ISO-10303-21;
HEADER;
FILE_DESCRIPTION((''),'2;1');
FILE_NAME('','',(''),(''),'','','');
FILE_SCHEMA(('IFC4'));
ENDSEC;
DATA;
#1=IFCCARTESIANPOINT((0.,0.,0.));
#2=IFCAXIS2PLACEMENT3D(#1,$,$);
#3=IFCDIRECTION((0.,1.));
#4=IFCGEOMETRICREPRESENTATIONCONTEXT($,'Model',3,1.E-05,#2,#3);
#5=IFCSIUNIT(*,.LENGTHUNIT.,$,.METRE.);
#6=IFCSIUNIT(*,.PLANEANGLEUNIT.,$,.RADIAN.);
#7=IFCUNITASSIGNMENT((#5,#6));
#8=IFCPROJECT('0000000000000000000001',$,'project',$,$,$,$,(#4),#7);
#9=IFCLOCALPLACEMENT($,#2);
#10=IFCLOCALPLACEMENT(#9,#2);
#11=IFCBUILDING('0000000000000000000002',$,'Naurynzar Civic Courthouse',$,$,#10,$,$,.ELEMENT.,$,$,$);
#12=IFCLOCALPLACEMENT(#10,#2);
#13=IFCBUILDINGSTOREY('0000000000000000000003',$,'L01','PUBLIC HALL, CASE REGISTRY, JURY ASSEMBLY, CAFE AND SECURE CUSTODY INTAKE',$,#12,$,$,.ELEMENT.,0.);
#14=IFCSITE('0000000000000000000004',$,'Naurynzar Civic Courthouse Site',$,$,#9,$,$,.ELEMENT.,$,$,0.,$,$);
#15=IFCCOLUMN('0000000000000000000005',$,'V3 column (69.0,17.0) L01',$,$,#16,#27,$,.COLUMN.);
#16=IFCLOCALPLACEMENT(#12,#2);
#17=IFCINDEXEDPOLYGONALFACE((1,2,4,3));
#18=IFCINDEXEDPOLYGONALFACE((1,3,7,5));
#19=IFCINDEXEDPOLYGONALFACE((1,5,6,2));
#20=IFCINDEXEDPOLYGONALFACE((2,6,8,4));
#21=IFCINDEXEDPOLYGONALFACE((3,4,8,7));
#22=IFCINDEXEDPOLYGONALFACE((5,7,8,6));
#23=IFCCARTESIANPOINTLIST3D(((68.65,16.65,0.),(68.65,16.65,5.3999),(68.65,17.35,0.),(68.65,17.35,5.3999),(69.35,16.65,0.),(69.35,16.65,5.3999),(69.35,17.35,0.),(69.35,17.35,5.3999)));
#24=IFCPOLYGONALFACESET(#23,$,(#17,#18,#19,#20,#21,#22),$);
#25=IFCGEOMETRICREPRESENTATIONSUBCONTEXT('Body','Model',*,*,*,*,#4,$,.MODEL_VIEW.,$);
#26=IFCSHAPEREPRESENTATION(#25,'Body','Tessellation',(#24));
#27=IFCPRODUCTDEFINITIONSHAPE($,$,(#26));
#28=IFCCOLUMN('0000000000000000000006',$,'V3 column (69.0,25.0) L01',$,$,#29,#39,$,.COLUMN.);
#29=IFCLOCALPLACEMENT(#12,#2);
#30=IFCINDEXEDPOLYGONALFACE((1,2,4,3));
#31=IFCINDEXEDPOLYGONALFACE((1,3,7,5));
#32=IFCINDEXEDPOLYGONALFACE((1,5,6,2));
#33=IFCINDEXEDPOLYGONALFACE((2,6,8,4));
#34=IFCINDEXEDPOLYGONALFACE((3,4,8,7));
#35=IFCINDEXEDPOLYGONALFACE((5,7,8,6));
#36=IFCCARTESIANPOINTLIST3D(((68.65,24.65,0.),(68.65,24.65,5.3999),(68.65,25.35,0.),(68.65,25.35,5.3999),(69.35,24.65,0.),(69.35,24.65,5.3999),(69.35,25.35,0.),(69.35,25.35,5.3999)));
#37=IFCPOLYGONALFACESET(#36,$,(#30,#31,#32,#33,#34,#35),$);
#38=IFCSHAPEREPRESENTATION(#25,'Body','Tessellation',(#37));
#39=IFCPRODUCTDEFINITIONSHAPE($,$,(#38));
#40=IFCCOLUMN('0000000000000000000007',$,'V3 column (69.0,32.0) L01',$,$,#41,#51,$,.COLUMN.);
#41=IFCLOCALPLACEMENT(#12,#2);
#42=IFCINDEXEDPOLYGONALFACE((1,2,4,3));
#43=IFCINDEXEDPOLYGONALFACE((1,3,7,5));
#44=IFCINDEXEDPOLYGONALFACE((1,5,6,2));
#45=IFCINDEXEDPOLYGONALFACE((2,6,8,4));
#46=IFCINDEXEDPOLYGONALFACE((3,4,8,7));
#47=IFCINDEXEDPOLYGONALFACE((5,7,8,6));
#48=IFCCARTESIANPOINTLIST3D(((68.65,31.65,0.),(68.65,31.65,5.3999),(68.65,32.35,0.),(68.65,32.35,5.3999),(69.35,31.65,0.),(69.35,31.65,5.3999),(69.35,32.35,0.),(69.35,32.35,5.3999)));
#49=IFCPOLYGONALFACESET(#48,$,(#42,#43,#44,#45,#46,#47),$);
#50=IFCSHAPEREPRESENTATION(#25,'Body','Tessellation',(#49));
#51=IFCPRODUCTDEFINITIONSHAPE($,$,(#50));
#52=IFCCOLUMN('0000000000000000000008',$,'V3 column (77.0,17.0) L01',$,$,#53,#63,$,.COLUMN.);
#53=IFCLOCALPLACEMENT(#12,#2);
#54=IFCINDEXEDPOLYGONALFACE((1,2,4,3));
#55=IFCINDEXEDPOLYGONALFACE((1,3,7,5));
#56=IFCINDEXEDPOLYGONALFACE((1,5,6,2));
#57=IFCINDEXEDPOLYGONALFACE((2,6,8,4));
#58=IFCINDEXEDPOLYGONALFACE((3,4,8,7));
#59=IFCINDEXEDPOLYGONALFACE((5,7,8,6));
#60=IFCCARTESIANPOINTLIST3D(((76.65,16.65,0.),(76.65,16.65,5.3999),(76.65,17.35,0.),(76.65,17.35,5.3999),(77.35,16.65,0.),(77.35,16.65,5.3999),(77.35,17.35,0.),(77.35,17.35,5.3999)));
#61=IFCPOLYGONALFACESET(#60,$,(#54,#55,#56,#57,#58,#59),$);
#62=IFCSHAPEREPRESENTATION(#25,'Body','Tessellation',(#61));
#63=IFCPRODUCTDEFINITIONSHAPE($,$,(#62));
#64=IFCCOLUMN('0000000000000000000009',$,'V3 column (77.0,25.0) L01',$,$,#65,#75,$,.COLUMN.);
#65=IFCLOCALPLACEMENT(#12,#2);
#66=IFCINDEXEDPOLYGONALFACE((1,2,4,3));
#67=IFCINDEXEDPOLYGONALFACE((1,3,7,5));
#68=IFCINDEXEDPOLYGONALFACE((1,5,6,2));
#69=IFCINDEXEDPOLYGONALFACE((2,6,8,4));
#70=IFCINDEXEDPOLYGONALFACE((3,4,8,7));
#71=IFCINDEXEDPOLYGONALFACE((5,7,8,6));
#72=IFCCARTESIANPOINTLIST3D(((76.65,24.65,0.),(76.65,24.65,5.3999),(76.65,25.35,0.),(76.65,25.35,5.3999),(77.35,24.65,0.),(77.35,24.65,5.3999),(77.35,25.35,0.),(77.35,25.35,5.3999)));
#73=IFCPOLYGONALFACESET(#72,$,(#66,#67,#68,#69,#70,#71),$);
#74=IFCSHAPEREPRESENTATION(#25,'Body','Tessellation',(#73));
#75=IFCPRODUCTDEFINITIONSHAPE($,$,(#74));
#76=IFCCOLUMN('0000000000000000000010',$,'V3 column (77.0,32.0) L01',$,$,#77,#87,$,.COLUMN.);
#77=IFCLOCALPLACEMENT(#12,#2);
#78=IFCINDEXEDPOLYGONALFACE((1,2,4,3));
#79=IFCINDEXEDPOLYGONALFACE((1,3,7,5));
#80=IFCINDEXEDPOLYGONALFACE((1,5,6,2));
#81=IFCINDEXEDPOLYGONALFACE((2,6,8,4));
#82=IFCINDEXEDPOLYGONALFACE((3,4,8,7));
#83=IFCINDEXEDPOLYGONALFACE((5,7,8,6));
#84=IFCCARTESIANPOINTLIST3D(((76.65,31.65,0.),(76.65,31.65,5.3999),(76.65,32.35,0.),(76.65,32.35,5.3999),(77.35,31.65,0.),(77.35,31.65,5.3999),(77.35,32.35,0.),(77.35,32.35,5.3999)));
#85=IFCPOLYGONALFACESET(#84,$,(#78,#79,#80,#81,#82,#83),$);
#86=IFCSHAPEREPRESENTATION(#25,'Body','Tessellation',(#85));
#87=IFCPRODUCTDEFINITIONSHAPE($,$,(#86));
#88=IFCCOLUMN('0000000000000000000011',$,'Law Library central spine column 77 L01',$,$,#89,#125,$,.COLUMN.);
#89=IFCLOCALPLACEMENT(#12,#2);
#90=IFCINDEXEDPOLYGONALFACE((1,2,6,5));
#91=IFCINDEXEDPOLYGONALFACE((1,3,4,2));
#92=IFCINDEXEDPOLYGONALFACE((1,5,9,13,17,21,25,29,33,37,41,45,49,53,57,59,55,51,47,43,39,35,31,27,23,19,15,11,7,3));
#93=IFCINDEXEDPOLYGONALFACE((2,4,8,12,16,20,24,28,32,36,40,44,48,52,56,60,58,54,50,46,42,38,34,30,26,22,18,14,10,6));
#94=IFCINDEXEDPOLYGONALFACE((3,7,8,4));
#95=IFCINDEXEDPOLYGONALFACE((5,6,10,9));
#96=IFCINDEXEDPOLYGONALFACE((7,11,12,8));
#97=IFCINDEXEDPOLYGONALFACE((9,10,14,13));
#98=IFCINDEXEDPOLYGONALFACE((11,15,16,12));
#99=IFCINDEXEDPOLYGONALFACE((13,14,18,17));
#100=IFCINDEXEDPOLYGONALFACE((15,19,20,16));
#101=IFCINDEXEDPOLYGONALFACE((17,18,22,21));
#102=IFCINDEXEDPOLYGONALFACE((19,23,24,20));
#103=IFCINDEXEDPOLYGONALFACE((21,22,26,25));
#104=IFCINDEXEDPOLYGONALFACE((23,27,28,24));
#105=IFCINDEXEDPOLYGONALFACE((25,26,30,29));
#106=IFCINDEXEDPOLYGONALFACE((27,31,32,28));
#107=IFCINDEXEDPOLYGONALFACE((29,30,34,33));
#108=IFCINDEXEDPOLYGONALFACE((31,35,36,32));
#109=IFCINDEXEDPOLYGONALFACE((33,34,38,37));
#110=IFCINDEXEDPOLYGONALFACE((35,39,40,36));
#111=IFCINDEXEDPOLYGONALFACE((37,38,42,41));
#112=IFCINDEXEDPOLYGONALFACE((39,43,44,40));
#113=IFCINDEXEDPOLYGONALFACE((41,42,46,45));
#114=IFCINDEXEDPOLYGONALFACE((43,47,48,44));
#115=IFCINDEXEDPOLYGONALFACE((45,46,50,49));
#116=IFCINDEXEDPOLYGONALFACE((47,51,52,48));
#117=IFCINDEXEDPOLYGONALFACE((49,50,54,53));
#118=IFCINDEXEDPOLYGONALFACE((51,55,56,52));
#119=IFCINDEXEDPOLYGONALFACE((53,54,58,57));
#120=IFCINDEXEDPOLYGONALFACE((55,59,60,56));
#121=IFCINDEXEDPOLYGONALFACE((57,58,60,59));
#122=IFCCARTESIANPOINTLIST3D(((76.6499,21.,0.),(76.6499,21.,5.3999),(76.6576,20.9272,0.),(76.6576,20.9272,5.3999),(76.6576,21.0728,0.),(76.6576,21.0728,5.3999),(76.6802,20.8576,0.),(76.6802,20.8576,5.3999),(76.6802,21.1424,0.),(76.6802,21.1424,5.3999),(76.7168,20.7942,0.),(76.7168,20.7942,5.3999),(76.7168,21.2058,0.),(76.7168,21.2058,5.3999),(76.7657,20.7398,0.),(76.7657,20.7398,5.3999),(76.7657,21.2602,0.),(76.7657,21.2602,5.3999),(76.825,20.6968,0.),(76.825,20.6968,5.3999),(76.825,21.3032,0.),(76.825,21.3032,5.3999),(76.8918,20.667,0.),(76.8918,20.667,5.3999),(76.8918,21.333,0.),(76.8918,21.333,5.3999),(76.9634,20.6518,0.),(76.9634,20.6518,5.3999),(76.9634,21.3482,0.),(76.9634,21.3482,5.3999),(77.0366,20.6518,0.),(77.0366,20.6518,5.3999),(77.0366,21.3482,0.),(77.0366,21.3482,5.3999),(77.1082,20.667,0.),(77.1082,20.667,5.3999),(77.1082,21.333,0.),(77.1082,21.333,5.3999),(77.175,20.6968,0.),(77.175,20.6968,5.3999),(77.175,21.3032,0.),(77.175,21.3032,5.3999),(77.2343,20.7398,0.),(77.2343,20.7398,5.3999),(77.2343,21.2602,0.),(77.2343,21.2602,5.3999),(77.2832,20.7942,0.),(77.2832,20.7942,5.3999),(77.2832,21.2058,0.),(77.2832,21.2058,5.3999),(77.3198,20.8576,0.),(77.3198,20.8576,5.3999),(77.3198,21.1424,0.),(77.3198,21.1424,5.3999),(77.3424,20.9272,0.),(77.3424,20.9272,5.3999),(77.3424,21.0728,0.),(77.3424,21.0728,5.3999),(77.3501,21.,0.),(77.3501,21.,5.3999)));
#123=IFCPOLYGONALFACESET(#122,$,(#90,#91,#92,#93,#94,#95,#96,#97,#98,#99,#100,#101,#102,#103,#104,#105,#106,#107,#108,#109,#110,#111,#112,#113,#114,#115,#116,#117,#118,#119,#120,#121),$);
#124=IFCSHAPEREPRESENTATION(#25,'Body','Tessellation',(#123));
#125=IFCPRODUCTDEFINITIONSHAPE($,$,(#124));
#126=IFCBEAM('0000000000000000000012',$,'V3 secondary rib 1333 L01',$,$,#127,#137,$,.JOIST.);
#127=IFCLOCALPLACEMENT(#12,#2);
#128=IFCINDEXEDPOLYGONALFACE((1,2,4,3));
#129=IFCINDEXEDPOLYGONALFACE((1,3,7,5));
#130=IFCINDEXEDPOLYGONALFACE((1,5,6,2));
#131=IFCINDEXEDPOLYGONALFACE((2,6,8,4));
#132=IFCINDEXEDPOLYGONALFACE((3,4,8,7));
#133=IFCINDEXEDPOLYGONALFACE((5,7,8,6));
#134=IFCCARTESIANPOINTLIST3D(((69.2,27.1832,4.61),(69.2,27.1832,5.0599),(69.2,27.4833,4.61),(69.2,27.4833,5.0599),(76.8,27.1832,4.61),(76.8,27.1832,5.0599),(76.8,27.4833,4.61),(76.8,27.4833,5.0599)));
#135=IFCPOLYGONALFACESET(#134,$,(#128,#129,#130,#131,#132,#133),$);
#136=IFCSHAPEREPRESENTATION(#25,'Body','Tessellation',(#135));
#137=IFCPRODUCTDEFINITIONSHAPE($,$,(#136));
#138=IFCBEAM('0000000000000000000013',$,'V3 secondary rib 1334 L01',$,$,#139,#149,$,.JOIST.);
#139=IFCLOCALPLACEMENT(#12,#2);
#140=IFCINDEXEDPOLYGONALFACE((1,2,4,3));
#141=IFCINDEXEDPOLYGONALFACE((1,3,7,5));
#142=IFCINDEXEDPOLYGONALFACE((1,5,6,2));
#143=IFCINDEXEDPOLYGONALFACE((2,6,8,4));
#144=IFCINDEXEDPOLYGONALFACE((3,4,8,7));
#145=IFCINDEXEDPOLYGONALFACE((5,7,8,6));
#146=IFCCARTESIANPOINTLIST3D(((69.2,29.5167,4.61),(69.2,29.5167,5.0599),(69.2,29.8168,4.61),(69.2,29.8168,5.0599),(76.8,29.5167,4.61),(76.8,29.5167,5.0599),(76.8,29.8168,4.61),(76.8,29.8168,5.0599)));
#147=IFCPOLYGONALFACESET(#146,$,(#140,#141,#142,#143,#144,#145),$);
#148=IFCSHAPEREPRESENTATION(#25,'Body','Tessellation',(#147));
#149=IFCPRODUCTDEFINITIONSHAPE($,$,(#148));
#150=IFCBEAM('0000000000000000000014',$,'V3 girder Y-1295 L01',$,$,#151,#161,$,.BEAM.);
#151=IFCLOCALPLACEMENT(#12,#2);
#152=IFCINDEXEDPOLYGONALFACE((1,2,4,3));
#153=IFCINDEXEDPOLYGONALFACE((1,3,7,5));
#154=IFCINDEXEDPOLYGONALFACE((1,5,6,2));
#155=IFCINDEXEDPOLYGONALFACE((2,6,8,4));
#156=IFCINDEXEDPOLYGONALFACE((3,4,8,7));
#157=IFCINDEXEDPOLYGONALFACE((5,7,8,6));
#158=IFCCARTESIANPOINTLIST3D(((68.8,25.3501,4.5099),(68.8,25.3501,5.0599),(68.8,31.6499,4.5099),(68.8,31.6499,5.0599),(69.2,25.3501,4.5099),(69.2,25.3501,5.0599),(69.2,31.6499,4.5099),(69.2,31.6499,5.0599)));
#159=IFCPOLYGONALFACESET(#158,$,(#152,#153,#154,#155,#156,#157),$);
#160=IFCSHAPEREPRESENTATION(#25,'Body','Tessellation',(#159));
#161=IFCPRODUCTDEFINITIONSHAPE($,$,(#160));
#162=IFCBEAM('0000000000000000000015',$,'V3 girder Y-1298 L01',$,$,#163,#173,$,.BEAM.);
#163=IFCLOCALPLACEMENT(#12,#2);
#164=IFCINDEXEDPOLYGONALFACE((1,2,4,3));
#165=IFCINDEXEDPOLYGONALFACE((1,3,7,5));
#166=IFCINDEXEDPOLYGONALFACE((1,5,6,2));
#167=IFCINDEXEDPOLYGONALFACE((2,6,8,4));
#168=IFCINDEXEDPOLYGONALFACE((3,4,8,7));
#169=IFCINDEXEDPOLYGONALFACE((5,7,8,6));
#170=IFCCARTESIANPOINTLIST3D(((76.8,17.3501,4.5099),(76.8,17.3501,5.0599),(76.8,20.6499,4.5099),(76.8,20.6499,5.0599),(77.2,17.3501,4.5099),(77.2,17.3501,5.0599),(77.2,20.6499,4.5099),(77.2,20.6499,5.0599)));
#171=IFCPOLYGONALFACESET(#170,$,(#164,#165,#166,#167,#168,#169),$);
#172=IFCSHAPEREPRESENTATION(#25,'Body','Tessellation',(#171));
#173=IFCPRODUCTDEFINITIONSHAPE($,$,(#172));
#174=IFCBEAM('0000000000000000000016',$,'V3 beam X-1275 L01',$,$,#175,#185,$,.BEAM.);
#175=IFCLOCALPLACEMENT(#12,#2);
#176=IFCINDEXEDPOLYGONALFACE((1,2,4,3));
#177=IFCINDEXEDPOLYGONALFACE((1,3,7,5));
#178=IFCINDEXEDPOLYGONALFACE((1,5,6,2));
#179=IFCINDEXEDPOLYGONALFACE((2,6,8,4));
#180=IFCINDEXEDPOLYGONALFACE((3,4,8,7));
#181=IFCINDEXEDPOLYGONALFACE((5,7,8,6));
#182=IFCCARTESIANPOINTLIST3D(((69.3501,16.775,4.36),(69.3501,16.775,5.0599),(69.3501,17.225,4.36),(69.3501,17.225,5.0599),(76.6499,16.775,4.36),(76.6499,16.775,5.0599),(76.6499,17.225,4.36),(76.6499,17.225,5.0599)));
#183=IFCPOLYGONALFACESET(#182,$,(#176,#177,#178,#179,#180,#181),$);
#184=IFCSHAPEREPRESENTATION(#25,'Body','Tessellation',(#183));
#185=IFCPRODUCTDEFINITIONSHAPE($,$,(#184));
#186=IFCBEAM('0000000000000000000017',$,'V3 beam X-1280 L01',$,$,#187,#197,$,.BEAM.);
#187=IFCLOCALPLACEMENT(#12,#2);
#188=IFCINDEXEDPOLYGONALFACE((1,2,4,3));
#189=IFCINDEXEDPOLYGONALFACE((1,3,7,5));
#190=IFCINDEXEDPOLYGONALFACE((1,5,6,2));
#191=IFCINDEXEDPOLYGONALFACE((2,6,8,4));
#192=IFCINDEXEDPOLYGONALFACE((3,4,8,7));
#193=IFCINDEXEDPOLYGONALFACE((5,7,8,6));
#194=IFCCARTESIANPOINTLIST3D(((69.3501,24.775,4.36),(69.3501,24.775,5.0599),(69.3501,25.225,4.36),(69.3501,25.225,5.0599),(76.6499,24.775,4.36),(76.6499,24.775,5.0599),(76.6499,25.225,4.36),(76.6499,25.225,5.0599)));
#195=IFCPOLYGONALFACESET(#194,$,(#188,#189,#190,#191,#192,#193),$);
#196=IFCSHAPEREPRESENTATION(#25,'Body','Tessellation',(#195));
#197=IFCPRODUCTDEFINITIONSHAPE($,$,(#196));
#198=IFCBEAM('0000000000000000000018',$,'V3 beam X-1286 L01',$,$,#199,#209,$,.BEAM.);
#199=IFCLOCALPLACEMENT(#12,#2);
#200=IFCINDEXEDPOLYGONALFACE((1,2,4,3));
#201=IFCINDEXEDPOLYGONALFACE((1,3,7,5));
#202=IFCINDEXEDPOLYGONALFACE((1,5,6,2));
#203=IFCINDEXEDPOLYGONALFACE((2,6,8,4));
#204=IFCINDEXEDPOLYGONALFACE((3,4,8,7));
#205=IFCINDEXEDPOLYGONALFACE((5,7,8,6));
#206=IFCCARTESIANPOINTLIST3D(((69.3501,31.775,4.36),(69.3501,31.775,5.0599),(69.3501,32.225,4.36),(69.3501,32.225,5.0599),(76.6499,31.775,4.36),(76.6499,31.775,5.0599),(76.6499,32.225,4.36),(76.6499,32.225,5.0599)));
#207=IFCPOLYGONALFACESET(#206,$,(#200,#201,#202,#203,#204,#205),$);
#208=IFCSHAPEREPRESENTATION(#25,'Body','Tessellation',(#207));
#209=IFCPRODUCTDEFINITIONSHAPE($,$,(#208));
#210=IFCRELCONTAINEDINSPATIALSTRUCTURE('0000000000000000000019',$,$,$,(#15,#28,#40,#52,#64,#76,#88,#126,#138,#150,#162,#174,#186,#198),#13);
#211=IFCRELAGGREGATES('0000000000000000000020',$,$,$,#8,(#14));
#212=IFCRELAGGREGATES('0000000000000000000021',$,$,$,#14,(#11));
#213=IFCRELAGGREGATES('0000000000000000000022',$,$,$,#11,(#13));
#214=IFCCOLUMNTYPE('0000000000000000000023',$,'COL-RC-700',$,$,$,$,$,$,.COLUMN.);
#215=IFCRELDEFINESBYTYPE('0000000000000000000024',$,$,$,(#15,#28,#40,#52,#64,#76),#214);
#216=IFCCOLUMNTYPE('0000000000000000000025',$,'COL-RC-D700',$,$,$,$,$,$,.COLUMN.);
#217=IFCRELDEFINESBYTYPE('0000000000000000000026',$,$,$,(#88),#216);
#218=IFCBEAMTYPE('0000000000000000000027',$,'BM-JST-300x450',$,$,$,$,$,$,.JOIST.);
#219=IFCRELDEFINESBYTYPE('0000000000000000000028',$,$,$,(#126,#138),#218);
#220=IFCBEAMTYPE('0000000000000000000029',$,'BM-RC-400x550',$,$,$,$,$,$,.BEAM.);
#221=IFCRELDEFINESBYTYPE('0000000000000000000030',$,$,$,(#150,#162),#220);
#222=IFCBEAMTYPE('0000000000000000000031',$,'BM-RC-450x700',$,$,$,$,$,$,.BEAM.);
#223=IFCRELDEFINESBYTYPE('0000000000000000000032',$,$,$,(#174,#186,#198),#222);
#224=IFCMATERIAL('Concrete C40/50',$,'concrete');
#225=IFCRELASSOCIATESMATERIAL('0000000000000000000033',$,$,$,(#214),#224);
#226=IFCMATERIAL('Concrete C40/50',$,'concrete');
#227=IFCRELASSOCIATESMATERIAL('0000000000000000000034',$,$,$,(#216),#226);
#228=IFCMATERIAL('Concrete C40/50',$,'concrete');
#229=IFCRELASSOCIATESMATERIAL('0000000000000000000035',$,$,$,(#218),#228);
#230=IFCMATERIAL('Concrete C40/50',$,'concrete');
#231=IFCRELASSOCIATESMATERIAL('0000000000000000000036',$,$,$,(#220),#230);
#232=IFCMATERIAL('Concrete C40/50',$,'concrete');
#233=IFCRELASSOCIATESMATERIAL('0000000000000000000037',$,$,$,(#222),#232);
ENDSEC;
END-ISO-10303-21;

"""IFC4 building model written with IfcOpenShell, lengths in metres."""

from ifc_helpers import new_model, si_unit, direction, frame, origin, origin_2d, place, context, subcontext, project, spatial, rectangle, circle, extrude, material, material_profile, profile_set, type_object, element, save


model = new_model("IFC4")

# Units and contexts
model_context = context("Model", 3, precision=1e-05, world=origin(), true_north=direction((0.0, 1.0)))
body_context = subcontext(model_context, "Body", "Model", "MODEL_VIEW")
ifc_project = project(units=[si_unit("LENGTHUNIT", "METRE"), si_unit("PLANEANGLEUNIT", "RADIAN")], contexts=[model_context])

# Site, building, storey
site_placement = place(None, origin())
site = spatial("IfcSite", under=ifc_project, at=site_placement, Name="Naurynzar Civic Courthouse Site", CompositionType="ELEMENT", RefElevation=0.0)
building_placement = place(site_placement, origin())
building = spatial("IfcBuilding", under=site, at=building_placement, Name="Naurynzar Civic Courthouse", CompositionType="ELEMENT")
storey_placement = place(building_placement, origin())
storey = spatial("IfcBuildingStorey", under=building, at=storey_placement, Name="L01", Description="PUBLIC HALL, CASE REGISTRY, JURY ASSEMBLY, CAFE AND SECURE CUSTODY INTAKE", CompositionType="ELEMENT", Elevation=0.0)

# Columns
ifc_material_1 = material(Name="Concrete C40/50", Category="concrete")
ifc_material_profile_1 = material_profile(ifc_material_1, rectangle(XDim=0.7, YDim=0.7, at=origin_2d()), Name="RC 700x700")
ifc_profile_set_1 = profile_set([ifc_material_profile_1], Name="Concrete C40/50")
column_type_1 = type_object("IfcColumnType", Name="COL-RC-700", PredefinedType="COLUMN", material=ifc_profile_set_1)
for number, where, z_axis, x_axis, name in (
    (1, (69.0, 17.0, 0.0), (0.0, 0.0, 1.0), (1.0, 0.0, 0.0), "V3 column (69.0,17.0) L01"),
    (2, (69.0, 25.0, 0.0), (0.0, 0.0, 1.0), (1.0, 0.0, 0.0), "V3 column (69.0,25.0) L01"),
    (3, (69.0, 32.0, 0.0), (0.0, 0.0, 1.0), (1.0, 0.0, 0.0), "V3 column (69.0,32.0) L01"),
    (4, (77.0, 17.0, 0.0), (0.0, 0.0, 1.0), (1.0, 0.0, 0.0), "V3 column (77.0,17.0) L01"),
    (5, (77.0, 25.0, 0.0), (0.0, 0.0, 1.0), (1.0, 0.0, 0.0), "V3 column (77.0,25.0) L01"),
    (6, (77.0, 32.0, 0.0), (0.0, 0.0, 1.0), (1.0, 0.0, 0.0), "V3 column (77.0,32.0) L01"),
):
    element("IfcColumn", number, at=place(storey_placement, frame(where, z_axis=z_axis, x_axis=x_axis)), inside=storey, type_object=column_type_1, Name=name, PredefinedType="COLUMN", context=body_context, shape_type="SweptSolid", body=[
        extrude(rectangle(XDim=0.7, YDim=0.7, at=origin_2d()), origin(), (0.0, 0.0, 1.0), 5.3999),
    ])
ifc_material_2 = material(Name="Concrete C40/50", Category="concrete")
ifc_material_profile_2 = material_profile(ifc_material_2, circle(Radius=0.3501, at=origin_2d()), Name="RC D700")
ifc_profile_set_2 = profile_set([ifc_material_profile_2], Name="Concrete C40/50")
column_type_2 = type_object("IfcColumnType", Name="COL-RC-D700", PredefinedType="COLUMN", material=ifc_profile_set_2)
column_placement = place(storey_placement, frame((77.0, 21.0, 0.0), z_axis=(0.0, 0.0, 1.0), x_axis=(1.0, 0.0, 0.0)))
element("IfcColumn", 7, at=column_placement, inside=storey, type_object=column_type_2, Name="Law Library central spine column 77 L01", PredefinedType="COLUMN", context=body_context, shape_type="SweptSolid", body=[
    extrude(circle(Radius=0.3501, at=origin_2d()), origin(), (0.0, 0.0, 1.0), 5.3999),
])

# Beams
ifc_material_3 = material(Name="Concrete C40/50", Category="concrete")
ifc_material_profile_3 = material_profile(ifc_material_3, rectangle(XDim=0.3, YDim=0.45, at=origin_2d()), Name="RCJ 300x450")
ifc_profile_set_3 = profile_set([ifc_material_profile_3], Name="Concrete C40/50")
beam_type_1 = type_object("IfcBeamType", Name="BM-JST-300x450", PredefinedType="JOIST", material=ifc_profile_set_3)
for number, where, z_axis, x_axis, name in (
    (8, (69.2, 27.3333, 4.835), (1.0, 0.0, 0.0), (0.0, 1.0, 0.0), "V3 secondary rib 1333 L01"),
    (9, (69.2, 29.6667, 4.835), (1.0, 0.0, 0.0), (0.0, 1.0, 0.0), "V3 secondary rib 1334 L01"),
):
    element("IfcBeam", number, at=place(storey_placement, frame(where, z_axis=z_axis, x_axis=x_axis)), inside=storey, type_object=beam_type_1, Name=name, PredefinedType="JOIST", context=body_context, shape_type="SweptSolid", body=[
        extrude(rectangle(XDim=0.3, YDim=0.45, at=origin_2d()), origin(), (0.0, 0.0, 1.0), 7.6001),
    ])
ifc_material_4 = material(Name="Concrete C40/50", Category="concrete")
ifc_material_profile_4 = material_profile(ifc_material_4, rectangle(XDim=0.3999, YDim=0.55, at=origin_2d()), Name="RCB 400x550")
ifc_profile_set_4 = profile_set([ifc_material_profile_4], Name="Concrete C40/50")
beam_type_2 = type_object("IfcBeamType", Name="BM-RC-400x550", PredefinedType="BEAM", material=ifc_profile_set_4)
beam_1_placement = place(storey_placement, frame((69.0, 25.3501, 4.7849), z_axis=(0.0, 1.0, 0.0), x_axis=(-1.0, 0.0, 0.0)))
element("IfcBeam", 10, at=beam_1_placement, inside=storey, type_object=beam_type_2, Name="V3 girder Y-1295 L01", PredefinedType="BEAM", context=body_context, shape_type="SweptSolid", body=[
    extrude(rectangle(XDim=0.3999, YDim=0.55, at=origin_2d()), origin(), (0.0, 0.0, 1.0), 6.2998),
])
beam_2_placement = place(storey_placement, frame((77.0, 17.3501, 4.7849), z_axis=(0.0, 1.0, 0.0), x_axis=(-1.0, 0.0, 0.0)))
element("IfcBeam", 11, at=beam_2_placement, inside=storey, type_object=beam_type_2, Name="V3 girder Y-1298 L01", PredefinedType="BEAM", context=body_context, shape_type="SweptSolid", body=[
    extrude(rectangle(XDim=0.3999, YDim=0.55, at=origin_2d()), origin(), (0.0, 0.0, 1.0), 3.2998),
])
ifc_material_5 = material(Name="Concrete C40/50", Category="concrete")
ifc_material_profile_5 = material_profile(ifc_material_5, rectangle(XDim=0.45, YDim=0.7, at=origin_2d()), Name="RCB 450x700")
ifc_profile_set_5 = profile_set([ifc_material_profile_5], Name="Concrete C40/50")
beam_type_3 = type_object("IfcBeamType", Name="BM-RC-450x700", PredefinedType="BEAM", material=ifc_profile_set_5)
for number, where, z_axis, x_axis, name in (
    (12, (69.3501, 17.0, 4.71), (1.0, 0.0, 0.0), (0.0, 1.0, 0.0), "V3 beam X-1275 L01"),
    (13, (69.3501, 25.0, 4.71), (1.0, 0.0, 0.0), (0.0, 1.0, 0.0), "V3 beam X-1280 L01"),
    (14, (69.3501, 32.0, 4.71), (1.0, 0.0, 0.0), (0.0, 1.0, 0.0), "V3 beam X-1286 L01"),
):
    element("IfcBeam", number, at=place(storey_placement, frame(where, z_axis=z_axis, x_axis=x_axis)), inside=storey, type_object=beam_type_3, Name=name, PredefinedType="BEAM", context=body_context, shape_type="SweptSolid", body=[
        extrude(rectangle(XDim=0.45, YDim=0.7, at=origin_2d()), origin(), (0.0, 0.0, 1.0), 7.2998),
    ])

save(model, "model.ifc")
